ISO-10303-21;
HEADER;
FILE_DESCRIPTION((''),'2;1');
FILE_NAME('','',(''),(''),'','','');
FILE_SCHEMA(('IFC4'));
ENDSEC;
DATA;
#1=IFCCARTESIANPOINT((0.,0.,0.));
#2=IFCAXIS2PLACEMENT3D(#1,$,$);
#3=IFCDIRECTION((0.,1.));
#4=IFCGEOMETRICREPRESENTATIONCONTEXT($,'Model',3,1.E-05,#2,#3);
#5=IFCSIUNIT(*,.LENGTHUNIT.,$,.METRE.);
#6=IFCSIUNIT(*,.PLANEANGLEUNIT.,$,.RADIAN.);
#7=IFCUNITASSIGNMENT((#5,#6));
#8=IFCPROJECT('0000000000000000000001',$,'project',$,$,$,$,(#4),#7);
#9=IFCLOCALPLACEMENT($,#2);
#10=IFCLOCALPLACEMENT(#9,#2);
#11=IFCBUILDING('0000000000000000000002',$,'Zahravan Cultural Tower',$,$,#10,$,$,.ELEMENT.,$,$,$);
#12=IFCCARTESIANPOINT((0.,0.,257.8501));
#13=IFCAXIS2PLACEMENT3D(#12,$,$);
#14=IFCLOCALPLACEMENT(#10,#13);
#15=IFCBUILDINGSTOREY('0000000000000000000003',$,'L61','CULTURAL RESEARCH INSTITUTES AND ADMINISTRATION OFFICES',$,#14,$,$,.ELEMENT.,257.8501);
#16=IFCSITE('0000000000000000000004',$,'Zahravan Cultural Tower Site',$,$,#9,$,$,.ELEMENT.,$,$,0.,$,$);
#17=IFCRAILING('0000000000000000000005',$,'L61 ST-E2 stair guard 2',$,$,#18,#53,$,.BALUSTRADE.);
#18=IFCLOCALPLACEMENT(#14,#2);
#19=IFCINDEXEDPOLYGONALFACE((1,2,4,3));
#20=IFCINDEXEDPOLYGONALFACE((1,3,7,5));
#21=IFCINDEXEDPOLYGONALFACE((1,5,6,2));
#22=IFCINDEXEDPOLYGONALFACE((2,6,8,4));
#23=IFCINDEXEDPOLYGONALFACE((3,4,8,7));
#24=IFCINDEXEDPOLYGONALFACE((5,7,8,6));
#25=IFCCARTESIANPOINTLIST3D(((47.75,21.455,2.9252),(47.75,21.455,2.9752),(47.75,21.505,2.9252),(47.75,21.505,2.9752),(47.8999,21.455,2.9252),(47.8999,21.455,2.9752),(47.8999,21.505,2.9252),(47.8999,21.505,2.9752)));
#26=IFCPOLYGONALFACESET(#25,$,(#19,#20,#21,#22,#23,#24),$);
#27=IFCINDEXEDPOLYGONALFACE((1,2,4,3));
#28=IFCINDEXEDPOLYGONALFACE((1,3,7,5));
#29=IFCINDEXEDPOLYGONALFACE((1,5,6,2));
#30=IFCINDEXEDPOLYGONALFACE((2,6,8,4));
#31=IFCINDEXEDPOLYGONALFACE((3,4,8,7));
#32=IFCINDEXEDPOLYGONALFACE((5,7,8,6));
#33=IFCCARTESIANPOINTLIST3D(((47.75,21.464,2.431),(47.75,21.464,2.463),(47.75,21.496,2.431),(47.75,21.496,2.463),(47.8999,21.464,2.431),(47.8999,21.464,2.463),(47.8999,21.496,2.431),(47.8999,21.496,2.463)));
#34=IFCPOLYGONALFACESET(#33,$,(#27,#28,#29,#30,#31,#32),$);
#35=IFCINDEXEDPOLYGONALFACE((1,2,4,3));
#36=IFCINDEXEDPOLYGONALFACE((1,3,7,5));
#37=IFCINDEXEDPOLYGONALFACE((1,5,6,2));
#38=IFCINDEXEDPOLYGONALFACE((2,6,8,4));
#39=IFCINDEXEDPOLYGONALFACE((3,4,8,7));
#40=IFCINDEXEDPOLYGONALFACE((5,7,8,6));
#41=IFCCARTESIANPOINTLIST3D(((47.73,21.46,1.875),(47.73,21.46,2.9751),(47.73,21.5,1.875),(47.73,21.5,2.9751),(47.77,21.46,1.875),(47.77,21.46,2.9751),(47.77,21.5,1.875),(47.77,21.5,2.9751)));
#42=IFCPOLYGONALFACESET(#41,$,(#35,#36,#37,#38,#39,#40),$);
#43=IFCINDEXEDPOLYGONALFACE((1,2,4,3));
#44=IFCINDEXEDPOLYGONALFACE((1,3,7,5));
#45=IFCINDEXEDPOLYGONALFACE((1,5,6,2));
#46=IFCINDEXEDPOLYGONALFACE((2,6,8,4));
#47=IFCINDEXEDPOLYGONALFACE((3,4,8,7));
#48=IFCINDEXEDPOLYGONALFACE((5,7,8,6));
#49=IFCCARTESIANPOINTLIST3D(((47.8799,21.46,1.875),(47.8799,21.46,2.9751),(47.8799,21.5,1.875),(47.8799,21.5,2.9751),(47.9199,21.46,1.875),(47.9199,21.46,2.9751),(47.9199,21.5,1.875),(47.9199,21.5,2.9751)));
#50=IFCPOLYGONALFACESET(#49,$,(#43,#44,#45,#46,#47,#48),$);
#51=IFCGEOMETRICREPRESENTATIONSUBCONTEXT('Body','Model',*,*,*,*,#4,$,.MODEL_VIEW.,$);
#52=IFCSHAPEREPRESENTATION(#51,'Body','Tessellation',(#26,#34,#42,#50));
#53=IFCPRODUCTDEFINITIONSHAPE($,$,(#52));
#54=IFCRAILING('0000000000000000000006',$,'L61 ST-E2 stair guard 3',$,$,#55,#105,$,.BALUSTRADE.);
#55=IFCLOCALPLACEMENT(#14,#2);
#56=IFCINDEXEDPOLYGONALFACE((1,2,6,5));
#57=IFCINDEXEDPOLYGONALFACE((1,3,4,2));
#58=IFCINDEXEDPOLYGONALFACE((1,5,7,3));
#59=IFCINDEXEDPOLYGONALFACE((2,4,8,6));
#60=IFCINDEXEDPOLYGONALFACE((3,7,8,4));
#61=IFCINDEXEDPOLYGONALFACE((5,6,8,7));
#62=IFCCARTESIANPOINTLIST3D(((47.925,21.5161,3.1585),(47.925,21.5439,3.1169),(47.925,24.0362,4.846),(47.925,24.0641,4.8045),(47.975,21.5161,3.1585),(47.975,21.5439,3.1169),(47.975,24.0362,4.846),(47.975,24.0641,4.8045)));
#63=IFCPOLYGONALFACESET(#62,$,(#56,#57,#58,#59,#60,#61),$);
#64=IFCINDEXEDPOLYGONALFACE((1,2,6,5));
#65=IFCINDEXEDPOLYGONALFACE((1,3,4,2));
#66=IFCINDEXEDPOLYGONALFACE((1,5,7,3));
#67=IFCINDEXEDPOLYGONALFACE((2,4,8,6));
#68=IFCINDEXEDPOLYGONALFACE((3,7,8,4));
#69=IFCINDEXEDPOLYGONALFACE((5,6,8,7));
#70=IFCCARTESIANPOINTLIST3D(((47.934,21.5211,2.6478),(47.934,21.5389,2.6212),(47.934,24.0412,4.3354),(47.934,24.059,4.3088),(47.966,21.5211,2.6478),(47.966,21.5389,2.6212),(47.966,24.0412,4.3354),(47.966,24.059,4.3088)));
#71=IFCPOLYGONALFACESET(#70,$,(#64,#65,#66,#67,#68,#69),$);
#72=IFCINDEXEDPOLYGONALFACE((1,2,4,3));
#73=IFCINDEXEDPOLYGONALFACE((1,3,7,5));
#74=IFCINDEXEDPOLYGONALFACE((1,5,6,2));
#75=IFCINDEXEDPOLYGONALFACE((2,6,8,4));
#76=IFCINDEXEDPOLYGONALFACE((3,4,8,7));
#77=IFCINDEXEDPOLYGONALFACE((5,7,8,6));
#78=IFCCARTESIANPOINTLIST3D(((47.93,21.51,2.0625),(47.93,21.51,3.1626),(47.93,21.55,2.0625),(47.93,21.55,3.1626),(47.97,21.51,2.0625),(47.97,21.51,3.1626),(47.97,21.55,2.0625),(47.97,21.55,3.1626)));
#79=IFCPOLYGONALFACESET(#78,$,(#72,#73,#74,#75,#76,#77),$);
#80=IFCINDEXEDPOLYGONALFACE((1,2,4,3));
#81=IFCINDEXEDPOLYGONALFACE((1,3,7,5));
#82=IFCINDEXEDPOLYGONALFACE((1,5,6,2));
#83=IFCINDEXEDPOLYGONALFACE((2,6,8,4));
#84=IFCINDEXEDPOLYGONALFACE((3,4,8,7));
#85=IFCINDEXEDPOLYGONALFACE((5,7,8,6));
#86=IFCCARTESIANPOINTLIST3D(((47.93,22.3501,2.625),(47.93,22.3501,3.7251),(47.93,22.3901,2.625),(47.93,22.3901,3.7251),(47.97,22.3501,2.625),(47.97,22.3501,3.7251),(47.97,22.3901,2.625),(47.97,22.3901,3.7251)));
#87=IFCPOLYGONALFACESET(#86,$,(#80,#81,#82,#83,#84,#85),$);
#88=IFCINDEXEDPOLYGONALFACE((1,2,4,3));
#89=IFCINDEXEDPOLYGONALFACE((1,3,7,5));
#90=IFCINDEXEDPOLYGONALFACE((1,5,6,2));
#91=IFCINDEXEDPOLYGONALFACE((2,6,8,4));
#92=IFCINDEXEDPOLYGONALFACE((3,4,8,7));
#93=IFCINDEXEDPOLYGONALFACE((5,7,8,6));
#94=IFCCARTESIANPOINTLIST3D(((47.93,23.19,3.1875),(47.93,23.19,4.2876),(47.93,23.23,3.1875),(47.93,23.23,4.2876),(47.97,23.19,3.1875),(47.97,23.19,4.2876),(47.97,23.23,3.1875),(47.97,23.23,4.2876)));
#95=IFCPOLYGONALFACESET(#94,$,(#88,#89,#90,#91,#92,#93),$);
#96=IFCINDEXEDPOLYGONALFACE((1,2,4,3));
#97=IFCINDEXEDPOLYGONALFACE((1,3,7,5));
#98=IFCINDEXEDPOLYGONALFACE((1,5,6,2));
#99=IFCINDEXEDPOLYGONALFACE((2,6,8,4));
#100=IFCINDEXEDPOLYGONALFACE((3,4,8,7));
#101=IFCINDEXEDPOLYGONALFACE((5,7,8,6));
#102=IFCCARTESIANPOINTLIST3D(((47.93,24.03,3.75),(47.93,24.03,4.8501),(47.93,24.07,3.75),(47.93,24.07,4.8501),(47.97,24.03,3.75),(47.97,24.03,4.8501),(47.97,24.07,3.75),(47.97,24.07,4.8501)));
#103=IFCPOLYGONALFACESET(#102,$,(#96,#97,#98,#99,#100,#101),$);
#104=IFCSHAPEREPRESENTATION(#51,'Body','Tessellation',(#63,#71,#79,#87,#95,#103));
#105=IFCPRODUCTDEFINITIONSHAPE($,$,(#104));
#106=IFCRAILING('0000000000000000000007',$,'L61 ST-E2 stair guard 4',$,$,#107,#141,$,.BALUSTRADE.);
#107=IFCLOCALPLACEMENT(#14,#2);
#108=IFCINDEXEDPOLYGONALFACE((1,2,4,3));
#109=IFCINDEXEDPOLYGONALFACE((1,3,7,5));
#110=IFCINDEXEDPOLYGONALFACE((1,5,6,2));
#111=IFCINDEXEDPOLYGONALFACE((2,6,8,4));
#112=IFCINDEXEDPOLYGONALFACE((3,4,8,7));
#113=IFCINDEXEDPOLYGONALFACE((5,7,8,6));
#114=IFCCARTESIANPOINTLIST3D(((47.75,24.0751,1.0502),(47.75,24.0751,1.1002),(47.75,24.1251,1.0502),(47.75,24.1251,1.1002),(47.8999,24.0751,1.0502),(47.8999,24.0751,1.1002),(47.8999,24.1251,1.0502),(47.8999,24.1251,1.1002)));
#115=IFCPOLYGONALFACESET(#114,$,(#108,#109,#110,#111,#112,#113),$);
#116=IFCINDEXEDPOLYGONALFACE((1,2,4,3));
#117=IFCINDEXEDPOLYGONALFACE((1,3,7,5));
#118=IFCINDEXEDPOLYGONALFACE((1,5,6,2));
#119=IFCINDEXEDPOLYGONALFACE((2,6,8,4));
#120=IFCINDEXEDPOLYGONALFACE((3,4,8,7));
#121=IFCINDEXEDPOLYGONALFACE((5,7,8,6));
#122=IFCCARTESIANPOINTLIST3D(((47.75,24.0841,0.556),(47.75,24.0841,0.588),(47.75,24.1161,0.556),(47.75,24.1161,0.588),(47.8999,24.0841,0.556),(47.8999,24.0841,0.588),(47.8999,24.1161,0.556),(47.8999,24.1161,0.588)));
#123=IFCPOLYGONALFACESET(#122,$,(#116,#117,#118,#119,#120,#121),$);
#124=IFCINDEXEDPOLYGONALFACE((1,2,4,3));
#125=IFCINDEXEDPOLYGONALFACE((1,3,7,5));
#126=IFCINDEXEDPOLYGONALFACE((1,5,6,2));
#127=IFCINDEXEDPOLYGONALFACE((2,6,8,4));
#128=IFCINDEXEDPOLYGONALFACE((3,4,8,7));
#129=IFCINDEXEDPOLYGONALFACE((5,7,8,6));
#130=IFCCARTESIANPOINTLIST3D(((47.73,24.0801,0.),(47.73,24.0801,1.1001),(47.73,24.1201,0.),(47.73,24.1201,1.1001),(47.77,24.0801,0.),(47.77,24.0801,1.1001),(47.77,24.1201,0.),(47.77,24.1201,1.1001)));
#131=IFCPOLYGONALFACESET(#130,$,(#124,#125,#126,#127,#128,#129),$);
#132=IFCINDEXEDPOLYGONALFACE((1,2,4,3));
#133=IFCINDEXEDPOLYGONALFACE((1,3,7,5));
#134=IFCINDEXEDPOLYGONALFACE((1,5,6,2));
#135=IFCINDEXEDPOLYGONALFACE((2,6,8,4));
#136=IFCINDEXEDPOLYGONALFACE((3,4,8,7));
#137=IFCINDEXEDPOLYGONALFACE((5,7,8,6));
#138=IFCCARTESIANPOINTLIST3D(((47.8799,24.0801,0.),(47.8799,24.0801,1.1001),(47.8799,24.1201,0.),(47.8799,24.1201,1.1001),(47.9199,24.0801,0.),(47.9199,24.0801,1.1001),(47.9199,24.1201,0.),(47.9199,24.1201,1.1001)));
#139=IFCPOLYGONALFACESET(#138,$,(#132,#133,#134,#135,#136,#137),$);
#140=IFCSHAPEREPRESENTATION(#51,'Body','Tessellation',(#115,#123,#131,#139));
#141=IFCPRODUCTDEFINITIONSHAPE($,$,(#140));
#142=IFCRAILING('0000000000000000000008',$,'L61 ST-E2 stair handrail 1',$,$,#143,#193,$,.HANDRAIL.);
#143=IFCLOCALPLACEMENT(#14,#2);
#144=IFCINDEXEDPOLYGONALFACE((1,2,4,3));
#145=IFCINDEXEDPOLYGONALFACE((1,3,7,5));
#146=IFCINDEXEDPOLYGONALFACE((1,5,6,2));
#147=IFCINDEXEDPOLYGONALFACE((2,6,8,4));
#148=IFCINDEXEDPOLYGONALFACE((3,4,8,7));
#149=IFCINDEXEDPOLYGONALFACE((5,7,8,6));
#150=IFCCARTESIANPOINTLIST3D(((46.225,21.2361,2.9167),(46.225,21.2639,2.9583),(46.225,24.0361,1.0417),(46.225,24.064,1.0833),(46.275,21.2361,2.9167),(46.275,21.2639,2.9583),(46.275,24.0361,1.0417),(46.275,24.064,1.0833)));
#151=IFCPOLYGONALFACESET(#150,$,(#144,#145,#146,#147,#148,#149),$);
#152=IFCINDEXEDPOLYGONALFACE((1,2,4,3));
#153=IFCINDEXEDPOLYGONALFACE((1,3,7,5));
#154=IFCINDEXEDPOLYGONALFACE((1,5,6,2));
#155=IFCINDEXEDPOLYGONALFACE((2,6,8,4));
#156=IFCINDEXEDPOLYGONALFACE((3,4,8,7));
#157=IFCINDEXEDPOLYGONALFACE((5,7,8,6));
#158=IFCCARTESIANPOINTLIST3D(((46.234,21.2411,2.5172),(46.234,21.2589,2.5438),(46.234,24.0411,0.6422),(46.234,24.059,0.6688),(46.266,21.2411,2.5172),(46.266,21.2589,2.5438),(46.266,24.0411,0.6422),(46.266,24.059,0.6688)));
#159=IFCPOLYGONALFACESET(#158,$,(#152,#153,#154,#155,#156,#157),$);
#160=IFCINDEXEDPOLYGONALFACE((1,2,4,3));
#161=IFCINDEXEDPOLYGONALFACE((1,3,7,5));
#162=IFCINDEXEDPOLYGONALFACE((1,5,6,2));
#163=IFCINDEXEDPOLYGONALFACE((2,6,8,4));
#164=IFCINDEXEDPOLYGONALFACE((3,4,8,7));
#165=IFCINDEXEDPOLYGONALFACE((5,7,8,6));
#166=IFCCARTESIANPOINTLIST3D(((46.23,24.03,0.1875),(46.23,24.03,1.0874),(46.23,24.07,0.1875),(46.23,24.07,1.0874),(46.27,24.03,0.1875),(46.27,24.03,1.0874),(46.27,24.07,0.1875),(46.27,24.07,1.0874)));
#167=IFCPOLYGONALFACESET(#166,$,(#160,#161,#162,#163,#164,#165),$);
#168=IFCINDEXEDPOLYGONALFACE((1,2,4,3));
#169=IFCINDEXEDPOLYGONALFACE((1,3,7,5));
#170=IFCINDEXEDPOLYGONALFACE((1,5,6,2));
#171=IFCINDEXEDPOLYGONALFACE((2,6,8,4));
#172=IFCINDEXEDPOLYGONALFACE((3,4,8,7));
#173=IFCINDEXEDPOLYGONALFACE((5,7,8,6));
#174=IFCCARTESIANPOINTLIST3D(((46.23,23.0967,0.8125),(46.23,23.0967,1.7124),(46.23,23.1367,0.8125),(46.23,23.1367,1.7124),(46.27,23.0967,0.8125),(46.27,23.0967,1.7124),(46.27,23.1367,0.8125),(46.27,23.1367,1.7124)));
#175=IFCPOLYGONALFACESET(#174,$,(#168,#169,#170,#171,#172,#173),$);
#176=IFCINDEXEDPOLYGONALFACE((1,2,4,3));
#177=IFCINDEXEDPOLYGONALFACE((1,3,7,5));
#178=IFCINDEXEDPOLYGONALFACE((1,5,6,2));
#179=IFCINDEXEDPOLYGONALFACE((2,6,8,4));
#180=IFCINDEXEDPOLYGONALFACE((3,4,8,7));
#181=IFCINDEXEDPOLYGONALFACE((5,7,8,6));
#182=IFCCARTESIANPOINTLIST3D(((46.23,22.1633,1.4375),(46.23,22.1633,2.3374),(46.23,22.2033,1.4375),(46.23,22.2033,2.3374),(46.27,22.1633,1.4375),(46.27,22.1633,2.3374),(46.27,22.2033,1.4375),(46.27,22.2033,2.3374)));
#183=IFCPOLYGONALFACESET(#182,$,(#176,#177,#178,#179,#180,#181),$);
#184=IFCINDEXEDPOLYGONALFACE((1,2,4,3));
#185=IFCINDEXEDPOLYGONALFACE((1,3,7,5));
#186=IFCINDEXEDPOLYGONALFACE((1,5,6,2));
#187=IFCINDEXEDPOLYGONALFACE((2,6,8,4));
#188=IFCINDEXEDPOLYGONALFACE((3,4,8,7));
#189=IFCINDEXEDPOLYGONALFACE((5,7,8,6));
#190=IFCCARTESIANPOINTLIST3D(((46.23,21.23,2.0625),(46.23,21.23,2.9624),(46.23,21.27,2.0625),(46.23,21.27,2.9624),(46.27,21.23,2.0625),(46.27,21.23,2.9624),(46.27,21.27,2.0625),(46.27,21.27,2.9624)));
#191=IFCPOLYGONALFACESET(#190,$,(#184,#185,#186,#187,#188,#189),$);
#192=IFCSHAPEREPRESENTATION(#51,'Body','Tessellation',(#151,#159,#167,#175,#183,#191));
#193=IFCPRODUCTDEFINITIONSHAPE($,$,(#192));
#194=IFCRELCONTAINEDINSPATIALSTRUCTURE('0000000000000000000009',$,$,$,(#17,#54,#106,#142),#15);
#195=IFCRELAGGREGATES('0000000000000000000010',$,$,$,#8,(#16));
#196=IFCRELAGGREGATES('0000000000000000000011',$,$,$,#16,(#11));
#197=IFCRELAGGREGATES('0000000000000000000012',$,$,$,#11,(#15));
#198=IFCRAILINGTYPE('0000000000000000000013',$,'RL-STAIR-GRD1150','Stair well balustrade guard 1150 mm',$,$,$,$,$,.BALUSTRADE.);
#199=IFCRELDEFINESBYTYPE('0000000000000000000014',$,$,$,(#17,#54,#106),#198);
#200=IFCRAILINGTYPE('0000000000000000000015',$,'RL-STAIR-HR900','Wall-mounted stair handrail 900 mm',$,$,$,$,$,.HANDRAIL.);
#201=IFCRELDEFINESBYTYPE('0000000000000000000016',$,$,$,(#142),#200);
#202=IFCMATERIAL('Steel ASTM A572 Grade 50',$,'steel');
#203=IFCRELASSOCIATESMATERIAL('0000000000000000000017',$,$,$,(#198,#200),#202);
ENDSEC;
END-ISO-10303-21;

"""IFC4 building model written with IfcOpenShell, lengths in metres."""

from ifc_helpers import new_model, si_unit, direction, frame, origin, origin_2d, place, context, subcontext, project, spatial, rectangle, extrude, material, type_object, element, save


model = new_model("IFC4")

# Units and contexts
model_context = context("Model", 3, precision=1e-05, world=origin(), true_north=direction((0.0, 1.0)))
body_context = subcontext(model_context, "Body", "Model", "MODEL_VIEW")
ifc_project = project(units=[si_unit("LENGTHUNIT", "METRE"), si_unit("PLANEANGLEUNIT", "RADIAN")], contexts=[model_context])

# Site, building, storey
site_placement = place(None, origin())
site = spatial("IfcSite", under=ifc_project, at=site_placement, Name="Zahravan Cultural Tower Site", CompositionType="ELEMENT", RefElevation=0.0)
building_placement = place(site_placement, origin())
building = spatial("IfcBuilding", under=site, at=building_placement, Name="Zahravan Cultural Tower", CompositionType="ELEMENT")
storey_placement = place(building_placement, frame((0.0, 0.0, 257.8501)))
storey = spatial("IfcBuildingStorey", under=building, at=storey_placement, Name="L61", Description="CULTURAL RESEARCH INSTITUTES AND ADMINISTRATION OFFICES", CompositionType="ELEMENT", Elevation=257.8501)

# Shared definitions
ifc_material_1 = material(Name="Steel ASTM A572 Grade 50", Category="steel")

# Railings
railing_type_1 = type_object("IfcRailingType", Name="RL-STAIR-GRD1150", Description="Stair well balustrade guard 1150 mm", PredefinedType="BALUSTRADE", material=ifc_material_1)
railing_1_placement = place(storey_placement, frame((47.75, 21.48, 1.875)))
element("IfcRailing", 1, at=railing_1_placement, inside=storey, type_object=railing_type_1, Name="L61 ST-E2 stair guard 2", PredefinedType="BALUSTRADE", context=body_context, shape_type="SweptSolid", body=[
    extrude(rectangle(XDim=0.05, YDim=0.05, at=origin_2d()), frame((0.0, 0.0, 1.0752), z_axis=(1.0, 0.0, 0.0), x_axis=(0.0, 1.0, 0.0)), (0.0, 0.0, 1.0), 0.1499),
    extrude(rectangle(XDim=0.032, YDim=0.032, at=origin_2d()), frame((0.0, 0.0, 0.572), z_axis=(1.0, 0.0, 0.0), x_axis=(0.0, 1.0, 0.0)), (0.0, 0.0, 1.0), 0.1499),
    extrude(rectangle(XDim=0.04, YDim=0.04, at=origin_2d()), origin(), (0.0, 0.0, 1.0), 1.1001),
    extrude(rectangle(XDim=0.04, YDim=0.04, at=origin_2d()), frame((0.1499, 0.0, 0.0)), (0.0, 0.0, 1.0), 1.1001),
])
railing_2_placement = place(storey_placement, frame((47.95, 21.53, 2.0625)))
element("IfcRailing", 2, at=railing_2_placement, inside=storey, type_object=railing_type_1, Name="L61 ST-E2 stair guard 3", PredefinedType="BALUSTRADE", context=body_context, shape_type="SweptSolid", body=[
    extrude(rectangle(XDim=0.05, YDim=0.05, at=origin_2d()), frame((0.0, 0.0, 1.0752), z_axis=(0.0, 0.830909, 0.556408), x_axis=(-1.0, 0.0, 0.0)), (0.0, 0.0, 1.0), 3.033),
    extrude(rectangle(XDim=0.032, YDim=0.032, at=origin_2d()), frame((0.0, 0.0, 0.572), z_axis=(0.0, 0.830909, 0.556408), x_axis=(-1.0, 0.0, 0.0)), (0.0, 0.0, 1.0), 3.033),
    extrude(rectangle(XDim=0.04, YDim=0.04, at=origin_2d()), origin(), (0.0, 0.0, 1.0), 1.1001),
    extrude(rectangle(XDim=0.04, YDim=0.04, at=origin_2d()), frame((0.0, 0.8401, 0.5625)), (0.0, 0.0, 1.0), 1.1001),
    extrude(rectangle(XDim=0.04, YDim=0.04, at=origin_2d()), frame((0.0, 1.6799, 1.125)), (0.0, 0.0, 1.0), 1.1001),
    extrude(rectangle(XDim=0.04, YDim=0.04, at=origin_2d()), frame((0.0, 2.52, 1.6875)), (0.0, 0.0, 1.0), 1.1001),
])
railing_3_placement = place(storey_placement, frame((47.75, 24.1001, 0.0)))
element("IfcRailing", 3, at=railing_3_placement, inside=storey, type_object=railing_type_1, Name="L61 ST-E2 stair guard 4", PredefinedType="BALUSTRADE", context=body_context, shape_type="SweptSolid", body=[
    extrude(rectangle(XDim=0.05, YDim=0.05, at=origin_2d()), frame((0.0, 0.0, 1.0752), z_axis=(1.0, 0.0, 0.0), x_axis=(0.0, 1.0, 0.0)), (0.0, 0.0, 1.0), 0.1499),
    extrude(rectangle(XDim=0.032, YDim=0.032, at=origin_2d()), frame((0.0, 0.0, 0.572), z_axis=(1.0, 0.0, 0.0), x_axis=(0.0, 1.0, 0.0)), (0.0, 0.0, 1.0), 0.1499),
    extrude(rectangle(XDim=0.04, YDim=0.04, at=origin_2d()), origin(), (0.0, 0.0, 1.0), 1.1001),
    extrude(rectangle(XDim=0.04, YDim=0.04, at=origin_2d()), frame((0.1499, 0.0, 0.0)), (0.0, 0.0, 1.0), 1.1001),
])
railing_type_2 = type_object("IfcRailingType", Name="RL-STAIR-HR900", Description="Wall-mounted stair handrail 900 mm", PredefinedType="HANDRAIL", material=ifc_material_1)
railing_4_placement = place(storey_placement, frame((46.25, 24.05, 0.1875)))
element("IfcRailing", 4, at=railing_4_placement, inside=storey, type_object=railing_type_2, Name="L61 ST-E2 stair handrail 1", PredefinedType="HANDRAIL", context=body_context, shape_type="SweptSolid", body=[
    extrude(rectangle(XDim=0.05, YDim=0.05, at=origin_2d()), frame((0.0, 0.0, 0.875), z_axis=(0.0, -0.830912, 0.556404), x_axis=(1.0, 0.0, 0.0)), (0.0, 0.0, 1.0), 3.3699),
    extrude(rectangle(XDim=0.032, YDim=0.032, at=origin_2d()), frame((0.0, 0.0, 0.468), z_axis=(0.0, -0.830912, 0.556404), x_axis=(1.0, 0.0, 0.0)), (0.0, 0.0, 1.0), 3.3699),
    extrude(rectangle(XDim=0.04, YDim=0.04, at=origin_2d()), origin(), (0.0, 0.0, 1.0), 0.8999),
    extrude(rectangle(XDim=0.04, YDim=0.04, at=origin_2d()), frame((0.0, -0.9333, 0.625)), (0.0, 0.0, 1.0), 0.8999),
    extrude(rectangle(XDim=0.04, YDim=0.04, at=origin_2d()), frame((0.0, -1.8667, 1.25)), (0.0, 0.0, 1.0), 0.8999),
    extrude(rectangle(XDim=0.04, YDim=0.04, at=origin_2d()), frame((0.0, -2.8, 1.875)), (0.0, 0.0, 1.0), 0.8999),
])

save(model, "model.ifc")
